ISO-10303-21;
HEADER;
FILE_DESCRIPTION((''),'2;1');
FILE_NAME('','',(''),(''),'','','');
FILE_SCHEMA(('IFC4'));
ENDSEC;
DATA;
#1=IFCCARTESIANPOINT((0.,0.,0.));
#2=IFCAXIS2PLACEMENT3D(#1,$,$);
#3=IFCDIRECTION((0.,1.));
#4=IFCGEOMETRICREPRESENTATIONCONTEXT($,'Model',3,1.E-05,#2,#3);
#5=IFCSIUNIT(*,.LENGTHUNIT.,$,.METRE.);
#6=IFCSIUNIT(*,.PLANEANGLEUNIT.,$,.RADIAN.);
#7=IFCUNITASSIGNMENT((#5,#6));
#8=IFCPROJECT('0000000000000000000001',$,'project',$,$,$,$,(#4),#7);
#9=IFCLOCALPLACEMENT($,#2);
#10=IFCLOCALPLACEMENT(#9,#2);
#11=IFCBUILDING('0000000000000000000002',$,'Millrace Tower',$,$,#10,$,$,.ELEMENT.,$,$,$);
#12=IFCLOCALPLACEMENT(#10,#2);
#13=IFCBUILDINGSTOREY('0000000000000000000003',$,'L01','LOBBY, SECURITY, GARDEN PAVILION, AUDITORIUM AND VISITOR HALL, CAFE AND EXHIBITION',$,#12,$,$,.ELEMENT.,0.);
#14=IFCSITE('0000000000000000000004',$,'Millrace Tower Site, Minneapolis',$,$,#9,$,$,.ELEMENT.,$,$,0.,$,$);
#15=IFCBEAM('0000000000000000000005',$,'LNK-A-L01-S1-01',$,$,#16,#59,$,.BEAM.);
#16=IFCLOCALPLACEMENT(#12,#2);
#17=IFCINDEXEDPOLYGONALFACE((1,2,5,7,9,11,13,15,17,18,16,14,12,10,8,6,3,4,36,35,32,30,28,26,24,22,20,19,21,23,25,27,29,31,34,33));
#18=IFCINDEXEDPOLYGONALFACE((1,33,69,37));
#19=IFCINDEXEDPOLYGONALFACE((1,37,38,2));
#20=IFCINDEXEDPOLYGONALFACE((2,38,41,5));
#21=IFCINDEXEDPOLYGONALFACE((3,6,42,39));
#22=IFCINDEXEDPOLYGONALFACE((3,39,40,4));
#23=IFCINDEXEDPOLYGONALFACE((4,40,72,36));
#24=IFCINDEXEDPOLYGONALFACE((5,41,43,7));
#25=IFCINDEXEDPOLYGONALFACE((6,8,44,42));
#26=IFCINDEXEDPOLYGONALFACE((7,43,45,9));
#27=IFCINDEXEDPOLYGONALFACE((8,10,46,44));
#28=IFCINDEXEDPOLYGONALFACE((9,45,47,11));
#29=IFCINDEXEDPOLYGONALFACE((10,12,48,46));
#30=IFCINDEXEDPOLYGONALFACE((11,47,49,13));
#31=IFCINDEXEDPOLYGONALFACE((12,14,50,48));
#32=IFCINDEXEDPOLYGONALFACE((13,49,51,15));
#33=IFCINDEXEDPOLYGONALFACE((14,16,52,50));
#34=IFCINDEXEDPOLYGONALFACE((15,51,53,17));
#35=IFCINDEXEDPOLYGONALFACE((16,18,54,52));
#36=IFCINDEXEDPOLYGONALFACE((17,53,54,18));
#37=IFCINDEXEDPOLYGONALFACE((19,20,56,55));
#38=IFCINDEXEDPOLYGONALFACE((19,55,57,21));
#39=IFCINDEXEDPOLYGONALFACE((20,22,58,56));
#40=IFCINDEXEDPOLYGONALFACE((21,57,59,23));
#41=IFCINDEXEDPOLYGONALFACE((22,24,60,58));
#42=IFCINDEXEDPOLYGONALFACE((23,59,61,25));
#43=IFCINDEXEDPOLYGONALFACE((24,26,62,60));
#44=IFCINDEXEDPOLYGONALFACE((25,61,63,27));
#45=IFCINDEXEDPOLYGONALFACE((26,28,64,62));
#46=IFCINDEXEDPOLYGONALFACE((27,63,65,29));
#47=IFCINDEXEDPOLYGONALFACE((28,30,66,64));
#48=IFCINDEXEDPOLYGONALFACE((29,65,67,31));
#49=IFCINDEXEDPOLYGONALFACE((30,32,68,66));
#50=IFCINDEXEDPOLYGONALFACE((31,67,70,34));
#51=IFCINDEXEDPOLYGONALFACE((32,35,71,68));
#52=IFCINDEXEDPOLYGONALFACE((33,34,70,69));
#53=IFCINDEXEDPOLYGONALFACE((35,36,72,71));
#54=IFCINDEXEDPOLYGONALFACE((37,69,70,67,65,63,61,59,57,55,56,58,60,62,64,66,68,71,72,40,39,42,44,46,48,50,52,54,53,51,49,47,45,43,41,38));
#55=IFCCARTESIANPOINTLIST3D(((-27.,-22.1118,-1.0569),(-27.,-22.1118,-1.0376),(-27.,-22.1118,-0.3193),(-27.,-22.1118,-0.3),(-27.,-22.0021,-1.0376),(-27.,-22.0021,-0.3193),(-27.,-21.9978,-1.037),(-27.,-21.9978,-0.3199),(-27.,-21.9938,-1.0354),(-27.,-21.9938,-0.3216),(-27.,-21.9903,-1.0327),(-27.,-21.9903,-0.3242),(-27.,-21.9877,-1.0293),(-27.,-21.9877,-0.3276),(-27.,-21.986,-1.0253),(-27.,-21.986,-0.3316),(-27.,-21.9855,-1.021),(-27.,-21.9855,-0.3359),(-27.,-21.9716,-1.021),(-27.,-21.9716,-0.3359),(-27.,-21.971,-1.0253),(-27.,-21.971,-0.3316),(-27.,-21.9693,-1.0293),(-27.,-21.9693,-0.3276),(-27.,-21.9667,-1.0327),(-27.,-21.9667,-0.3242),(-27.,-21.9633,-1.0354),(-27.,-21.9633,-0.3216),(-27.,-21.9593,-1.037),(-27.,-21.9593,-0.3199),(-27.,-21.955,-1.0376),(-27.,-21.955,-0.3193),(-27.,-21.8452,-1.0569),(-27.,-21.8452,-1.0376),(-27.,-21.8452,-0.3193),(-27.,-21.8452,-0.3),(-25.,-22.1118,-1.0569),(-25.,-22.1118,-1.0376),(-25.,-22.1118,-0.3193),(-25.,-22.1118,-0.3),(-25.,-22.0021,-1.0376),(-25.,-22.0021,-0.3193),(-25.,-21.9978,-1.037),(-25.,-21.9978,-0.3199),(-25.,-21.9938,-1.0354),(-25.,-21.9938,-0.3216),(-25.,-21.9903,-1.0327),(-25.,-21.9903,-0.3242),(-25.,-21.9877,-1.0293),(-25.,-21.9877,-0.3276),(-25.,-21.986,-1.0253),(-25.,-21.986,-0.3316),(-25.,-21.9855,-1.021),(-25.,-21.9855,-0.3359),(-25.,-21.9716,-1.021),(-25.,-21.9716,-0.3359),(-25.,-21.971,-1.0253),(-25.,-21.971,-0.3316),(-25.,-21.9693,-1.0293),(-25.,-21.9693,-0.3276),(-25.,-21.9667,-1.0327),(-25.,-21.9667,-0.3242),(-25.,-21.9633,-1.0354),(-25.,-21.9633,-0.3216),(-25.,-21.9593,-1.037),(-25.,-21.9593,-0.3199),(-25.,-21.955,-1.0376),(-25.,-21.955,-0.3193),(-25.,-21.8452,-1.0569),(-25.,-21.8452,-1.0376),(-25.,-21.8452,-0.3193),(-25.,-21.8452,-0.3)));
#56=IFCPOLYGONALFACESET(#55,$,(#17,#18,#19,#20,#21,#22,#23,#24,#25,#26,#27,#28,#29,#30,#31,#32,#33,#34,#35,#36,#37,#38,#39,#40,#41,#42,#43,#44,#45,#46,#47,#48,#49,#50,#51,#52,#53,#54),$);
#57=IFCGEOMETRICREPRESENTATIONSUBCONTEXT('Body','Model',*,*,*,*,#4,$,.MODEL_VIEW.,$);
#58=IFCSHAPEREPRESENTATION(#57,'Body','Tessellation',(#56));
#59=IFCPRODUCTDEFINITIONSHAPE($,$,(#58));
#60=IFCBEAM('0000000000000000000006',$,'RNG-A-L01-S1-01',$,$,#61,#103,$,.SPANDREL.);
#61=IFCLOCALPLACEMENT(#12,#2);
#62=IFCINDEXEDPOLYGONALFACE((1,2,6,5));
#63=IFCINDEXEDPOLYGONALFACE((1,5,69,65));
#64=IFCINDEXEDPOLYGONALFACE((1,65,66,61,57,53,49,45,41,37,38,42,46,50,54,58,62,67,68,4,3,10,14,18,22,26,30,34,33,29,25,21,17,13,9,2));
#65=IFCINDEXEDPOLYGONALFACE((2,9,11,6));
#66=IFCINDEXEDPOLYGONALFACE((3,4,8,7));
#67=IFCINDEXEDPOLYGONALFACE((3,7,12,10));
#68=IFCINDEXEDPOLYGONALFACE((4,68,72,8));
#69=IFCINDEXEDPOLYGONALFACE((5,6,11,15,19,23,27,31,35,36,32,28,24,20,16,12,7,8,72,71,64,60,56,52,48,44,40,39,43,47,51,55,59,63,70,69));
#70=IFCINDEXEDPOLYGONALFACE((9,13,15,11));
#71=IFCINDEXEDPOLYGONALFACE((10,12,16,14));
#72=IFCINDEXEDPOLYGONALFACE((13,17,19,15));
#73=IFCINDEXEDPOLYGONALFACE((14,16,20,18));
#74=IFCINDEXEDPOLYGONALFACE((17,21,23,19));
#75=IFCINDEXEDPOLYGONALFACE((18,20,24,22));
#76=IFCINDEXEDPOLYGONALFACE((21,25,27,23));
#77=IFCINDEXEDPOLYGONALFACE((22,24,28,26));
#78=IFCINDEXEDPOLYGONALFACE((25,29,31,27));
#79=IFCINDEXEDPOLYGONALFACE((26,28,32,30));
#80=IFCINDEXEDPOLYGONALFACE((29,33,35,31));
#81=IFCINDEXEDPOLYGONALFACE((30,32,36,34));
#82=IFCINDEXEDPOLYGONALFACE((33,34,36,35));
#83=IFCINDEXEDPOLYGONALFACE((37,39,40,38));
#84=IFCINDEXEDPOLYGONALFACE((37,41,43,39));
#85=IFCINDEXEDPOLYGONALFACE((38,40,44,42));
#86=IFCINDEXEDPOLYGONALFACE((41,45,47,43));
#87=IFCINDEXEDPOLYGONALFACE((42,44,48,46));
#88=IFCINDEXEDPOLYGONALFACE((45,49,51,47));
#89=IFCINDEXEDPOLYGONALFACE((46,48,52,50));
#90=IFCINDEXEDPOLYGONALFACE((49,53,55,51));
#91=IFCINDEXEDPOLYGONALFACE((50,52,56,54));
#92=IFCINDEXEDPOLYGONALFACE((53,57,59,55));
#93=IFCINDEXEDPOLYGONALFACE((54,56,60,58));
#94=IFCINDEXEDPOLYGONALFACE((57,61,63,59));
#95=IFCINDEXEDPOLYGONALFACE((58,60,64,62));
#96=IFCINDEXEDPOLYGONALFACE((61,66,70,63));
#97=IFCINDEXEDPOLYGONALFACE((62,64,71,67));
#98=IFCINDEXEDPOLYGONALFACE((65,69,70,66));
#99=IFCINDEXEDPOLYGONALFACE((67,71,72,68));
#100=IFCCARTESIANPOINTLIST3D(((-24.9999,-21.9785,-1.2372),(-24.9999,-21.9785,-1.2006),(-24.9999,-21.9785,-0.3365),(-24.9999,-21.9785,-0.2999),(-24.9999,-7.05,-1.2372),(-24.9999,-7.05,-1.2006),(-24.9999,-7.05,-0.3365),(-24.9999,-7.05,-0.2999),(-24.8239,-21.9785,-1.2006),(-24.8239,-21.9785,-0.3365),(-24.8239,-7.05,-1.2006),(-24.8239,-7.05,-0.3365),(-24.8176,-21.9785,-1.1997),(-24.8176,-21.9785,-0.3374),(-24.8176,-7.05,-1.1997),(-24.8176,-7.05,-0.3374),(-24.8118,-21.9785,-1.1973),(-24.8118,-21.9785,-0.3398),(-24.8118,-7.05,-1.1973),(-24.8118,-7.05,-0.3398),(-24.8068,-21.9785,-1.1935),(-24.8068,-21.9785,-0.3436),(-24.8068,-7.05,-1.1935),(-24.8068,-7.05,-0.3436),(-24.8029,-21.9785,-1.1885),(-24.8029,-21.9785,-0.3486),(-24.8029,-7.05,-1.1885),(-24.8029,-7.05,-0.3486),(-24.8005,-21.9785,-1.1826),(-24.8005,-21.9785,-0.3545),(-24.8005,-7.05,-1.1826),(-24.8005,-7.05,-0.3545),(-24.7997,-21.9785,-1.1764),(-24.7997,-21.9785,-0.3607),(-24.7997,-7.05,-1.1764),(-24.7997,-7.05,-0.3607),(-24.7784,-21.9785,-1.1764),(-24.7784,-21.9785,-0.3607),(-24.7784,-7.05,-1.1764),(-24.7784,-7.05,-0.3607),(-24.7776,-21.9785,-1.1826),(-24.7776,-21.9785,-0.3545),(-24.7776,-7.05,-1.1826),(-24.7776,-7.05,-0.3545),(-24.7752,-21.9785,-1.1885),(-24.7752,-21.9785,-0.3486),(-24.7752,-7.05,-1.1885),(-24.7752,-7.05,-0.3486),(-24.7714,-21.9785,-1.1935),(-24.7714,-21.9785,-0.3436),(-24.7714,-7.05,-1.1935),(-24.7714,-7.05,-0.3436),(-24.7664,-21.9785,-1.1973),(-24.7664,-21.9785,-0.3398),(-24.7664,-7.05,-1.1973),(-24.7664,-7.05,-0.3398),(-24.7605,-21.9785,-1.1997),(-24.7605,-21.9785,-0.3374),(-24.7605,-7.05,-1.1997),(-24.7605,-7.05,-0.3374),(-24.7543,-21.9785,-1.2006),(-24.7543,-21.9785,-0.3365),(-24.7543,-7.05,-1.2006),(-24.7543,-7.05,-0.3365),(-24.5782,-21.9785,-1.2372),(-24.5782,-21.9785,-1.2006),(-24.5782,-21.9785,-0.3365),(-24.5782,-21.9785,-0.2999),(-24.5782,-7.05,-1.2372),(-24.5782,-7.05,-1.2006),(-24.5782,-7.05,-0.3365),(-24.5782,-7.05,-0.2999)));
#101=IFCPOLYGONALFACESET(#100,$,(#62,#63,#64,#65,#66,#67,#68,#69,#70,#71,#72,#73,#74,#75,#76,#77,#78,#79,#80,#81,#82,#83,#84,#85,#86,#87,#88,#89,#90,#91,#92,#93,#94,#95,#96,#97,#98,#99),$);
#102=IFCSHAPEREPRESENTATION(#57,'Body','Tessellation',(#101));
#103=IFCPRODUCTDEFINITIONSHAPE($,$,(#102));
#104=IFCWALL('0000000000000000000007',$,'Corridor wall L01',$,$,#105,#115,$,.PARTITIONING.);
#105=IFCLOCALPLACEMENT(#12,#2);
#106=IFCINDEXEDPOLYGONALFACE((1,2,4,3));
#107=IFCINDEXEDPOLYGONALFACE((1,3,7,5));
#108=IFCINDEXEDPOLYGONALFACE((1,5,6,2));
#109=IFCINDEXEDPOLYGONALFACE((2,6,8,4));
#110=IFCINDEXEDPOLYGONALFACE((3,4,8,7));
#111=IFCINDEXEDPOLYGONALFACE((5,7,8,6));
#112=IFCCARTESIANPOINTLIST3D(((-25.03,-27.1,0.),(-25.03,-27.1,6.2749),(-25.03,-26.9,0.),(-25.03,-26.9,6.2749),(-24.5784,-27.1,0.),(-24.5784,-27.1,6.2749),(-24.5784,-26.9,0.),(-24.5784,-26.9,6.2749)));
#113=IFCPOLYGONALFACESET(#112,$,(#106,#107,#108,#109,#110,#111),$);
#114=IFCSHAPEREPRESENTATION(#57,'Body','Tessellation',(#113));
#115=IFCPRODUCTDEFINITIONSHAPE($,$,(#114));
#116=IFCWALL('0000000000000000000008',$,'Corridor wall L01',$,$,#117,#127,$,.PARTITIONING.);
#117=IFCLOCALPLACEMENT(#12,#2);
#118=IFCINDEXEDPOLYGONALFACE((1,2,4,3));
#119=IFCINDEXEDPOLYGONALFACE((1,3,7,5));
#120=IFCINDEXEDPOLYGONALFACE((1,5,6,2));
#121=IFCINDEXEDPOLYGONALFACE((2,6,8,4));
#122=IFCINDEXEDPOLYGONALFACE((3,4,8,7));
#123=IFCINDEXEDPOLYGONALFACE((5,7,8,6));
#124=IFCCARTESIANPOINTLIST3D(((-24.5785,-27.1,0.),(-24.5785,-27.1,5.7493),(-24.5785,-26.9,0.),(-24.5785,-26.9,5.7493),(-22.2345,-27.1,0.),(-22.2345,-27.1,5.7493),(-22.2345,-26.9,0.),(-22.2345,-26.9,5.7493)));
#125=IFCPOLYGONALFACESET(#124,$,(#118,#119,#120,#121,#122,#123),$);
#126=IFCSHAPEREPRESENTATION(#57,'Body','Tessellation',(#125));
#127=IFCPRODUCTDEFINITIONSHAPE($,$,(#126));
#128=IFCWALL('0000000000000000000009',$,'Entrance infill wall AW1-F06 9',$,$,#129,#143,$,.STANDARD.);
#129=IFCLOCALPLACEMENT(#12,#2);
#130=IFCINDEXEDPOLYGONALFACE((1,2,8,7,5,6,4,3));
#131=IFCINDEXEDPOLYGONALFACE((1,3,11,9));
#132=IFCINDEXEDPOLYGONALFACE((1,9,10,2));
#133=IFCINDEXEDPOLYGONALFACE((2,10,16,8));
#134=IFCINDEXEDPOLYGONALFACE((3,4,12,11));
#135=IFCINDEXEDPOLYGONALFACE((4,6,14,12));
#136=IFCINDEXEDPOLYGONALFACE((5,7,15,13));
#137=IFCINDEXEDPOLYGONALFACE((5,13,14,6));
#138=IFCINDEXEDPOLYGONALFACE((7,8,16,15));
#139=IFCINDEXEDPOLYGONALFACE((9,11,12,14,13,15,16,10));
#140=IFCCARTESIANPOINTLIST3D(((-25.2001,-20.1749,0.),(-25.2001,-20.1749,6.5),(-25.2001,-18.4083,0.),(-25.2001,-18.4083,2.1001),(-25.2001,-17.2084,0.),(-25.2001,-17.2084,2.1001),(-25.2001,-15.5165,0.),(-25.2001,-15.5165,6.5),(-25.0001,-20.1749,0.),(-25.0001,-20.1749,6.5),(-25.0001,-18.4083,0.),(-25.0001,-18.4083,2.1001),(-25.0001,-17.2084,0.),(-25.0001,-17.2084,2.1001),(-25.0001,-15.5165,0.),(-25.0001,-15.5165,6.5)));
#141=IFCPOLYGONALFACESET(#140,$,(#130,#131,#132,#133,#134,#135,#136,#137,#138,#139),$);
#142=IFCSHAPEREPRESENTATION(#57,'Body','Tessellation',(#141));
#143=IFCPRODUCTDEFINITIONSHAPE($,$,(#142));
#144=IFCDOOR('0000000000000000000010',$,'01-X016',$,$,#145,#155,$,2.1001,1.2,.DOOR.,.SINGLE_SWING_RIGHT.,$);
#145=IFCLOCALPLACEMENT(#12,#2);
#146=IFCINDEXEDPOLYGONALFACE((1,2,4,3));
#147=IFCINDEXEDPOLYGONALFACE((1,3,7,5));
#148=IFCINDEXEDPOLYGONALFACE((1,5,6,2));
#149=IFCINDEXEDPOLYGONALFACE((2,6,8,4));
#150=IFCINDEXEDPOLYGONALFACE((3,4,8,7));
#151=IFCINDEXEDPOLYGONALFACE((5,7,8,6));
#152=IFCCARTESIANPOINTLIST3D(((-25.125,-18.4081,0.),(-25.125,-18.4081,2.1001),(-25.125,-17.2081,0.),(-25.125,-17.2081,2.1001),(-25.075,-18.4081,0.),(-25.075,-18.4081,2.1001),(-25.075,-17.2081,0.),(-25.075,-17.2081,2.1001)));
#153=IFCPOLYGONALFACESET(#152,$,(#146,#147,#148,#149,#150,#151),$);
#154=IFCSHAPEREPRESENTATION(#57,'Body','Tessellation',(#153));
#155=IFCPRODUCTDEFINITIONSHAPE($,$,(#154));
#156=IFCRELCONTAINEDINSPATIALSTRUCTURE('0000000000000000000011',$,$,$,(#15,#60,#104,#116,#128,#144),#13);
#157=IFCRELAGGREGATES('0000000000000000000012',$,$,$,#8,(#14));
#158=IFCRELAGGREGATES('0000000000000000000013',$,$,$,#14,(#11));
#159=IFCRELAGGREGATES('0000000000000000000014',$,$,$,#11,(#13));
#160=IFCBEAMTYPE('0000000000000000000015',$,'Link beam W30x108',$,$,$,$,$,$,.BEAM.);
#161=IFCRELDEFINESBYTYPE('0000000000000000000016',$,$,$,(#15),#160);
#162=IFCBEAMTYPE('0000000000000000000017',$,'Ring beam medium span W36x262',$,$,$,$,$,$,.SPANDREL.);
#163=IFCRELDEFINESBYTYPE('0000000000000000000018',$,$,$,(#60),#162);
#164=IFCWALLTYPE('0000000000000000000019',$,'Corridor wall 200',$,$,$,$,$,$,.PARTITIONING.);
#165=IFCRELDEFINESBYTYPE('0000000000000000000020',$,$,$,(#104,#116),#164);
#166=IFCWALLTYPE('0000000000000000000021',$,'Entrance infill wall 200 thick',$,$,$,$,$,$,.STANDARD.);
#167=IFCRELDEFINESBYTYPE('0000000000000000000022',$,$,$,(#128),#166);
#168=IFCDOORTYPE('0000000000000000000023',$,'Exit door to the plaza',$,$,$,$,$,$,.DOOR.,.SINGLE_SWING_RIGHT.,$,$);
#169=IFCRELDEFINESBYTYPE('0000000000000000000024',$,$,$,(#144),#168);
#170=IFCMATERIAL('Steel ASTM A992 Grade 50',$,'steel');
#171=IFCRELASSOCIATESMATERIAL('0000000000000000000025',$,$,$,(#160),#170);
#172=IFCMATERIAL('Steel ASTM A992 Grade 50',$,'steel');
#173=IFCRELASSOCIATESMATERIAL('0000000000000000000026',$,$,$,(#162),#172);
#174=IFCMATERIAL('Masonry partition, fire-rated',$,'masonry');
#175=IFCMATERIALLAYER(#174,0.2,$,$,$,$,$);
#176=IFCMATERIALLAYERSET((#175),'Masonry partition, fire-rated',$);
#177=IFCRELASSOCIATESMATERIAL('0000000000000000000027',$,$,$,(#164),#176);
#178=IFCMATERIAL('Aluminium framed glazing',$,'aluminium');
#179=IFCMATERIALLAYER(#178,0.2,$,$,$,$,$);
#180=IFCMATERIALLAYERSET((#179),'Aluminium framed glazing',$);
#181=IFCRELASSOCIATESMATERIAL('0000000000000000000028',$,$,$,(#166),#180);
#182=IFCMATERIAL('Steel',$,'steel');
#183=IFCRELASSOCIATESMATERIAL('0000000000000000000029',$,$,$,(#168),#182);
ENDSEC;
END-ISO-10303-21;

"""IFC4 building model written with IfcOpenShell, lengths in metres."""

from ifc_helpers import new_model, si_unit, direction, frame, frame_2d, origin, origin_2d, place, context, subcontext, project, spatial, rectangle, i_section, extrude, material, layer, layer_set, material_profile, profile_set, type_object, element, fill, save


model = new_model("IFC4")

# Units and contexts
model_context = context("Model", 3, precision=1e-05, world=origin(), true_north=direction((0.0, 1.0)))
body_context = subcontext(model_context, "Body", "Model", "MODEL_VIEW")
ifc_project = project(units=[si_unit("LENGTHUNIT", "METRE"), si_unit("PLANEANGLEUNIT", "RADIAN")], contexts=[model_context])

# Site, building, storey
site_placement = place(None, origin())
site = spatial("IfcSite", under=ifc_project, at=site_placement, Name="Millrace Tower Site, Minneapolis", CompositionType="ELEMENT", RefElevation=0.0)
building_placement = place(site_placement, origin())
building = spatial("IfcBuilding", under=site, at=building_placement, Name="Millrace Tower", CompositionType="ELEMENT")
storey_placement = place(building_placement, origin())
storey = spatial("IfcBuildingStorey", under=building, at=storey_placement, Name="L01", Description="LOBBY, SECURITY, GARDEN PAVILION, AUDITORIUM AND VISITOR HALL, CAFE AND EXHIBITION", CompositionType="ELEMENT", Elevation=0.0)

# Beams
ifc_material_1 = material(Name="Steel ASTM A992 Grade 50", Category="steel")
ifc_material_profile_1 = material_profile(ifc_material_1, i_section(OverallWidth=0.2666, OverallDepth=0.7568, WebThickness=0.0139, FlangeThickness=0.0193, FilletRadius=0.0166, at=origin_2d()))
ifc_profile_set_1 = profile_set([ifc_material_profile_1], Name="Steel ASTM A992 Grade 50")
beam_type_1 = type_object("IfcBeamType", Name="Link beam W30x108", PredefinedType="BEAM", material=ifc_profile_set_1)
beam_1_placement = place(storey_placement, frame((-25.0, -21.9785, -0.6785), z_axis=(-1.0, 0.0, 0.0), x_axis=(0.0, -1.0, 0.0)))
element("IfcBeam", 1, at=beam_1_placement, inside=storey, type_object=beam_type_1, Name="LNK-A-L01-S1-01", PredefinedType="BEAM", context=body_context, shape_type="SweptSolid", body=[
    extrude(i_section(OverallWidth=0.2666, OverallDepth=0.7568, WebThickness=0.0139, FlangeThickness=0.0193, FilletRadius=0.0166, at=origin_2d()), origin(), (0.0, 0.0, 1.0), 2.0),
])
ifc_material_2 = material(Name="Steel ASTM A992 Grade 50", Category="steel")
ifc_material_profile_2 = material_profile(ifc_material_2, i_section(OverallWidth=0.4216, OverallDepth=0.9373, WebThickness=0.0212, FlangeThickness=0.0366, FilletRadius=0.0242, at=origin_2d()))
ifc_profile_set_2 = profile_set([ifc_material_profile_2], Name="Steel ASTM A992 Grade 50")
beam_type_2 = type_object("IfcBeamType", Name="Ring beam medium span W36x262", PredefinedType="SPANDREL", material=ifc_profile_set_2)
beam_2_placement = place(storey_placement, frame((-24.7891, -21.9785, -0.7686), z_axis=(0.0, 1.0, 0.0), x_axis=(-1.0, 0.0, 0.0)))
element("IfcBeam", 2, at=beam_2_placement, inside=storey, type_object=beam_type_2, Name="RNG-A-L01-S1-01", PredefinedType="SPANDREL", context=body_context, shape_type="SweptSolid", body=[
    extrude(i_section(OverallWidth=0.4216, OverallDepth=0.9373, WebThickness=0.0212, FlangeThickness=0.0366, FilletRadius=0.0242, at=origin_2d()), origin(), (0.0, 0.0, 1.0), 14.9285),
])

# Walls
ifc_material_3 = material(Name="Masonry partition, fire-rated", Category="masonry")
ifc_layer_1 = layer(ifc_material_3, 0.2)
ifc_layer_set_1 = layer_set([ifc_layer_1], Name="Masonry partition, fire-rated")
wall_type_1 = type_object("IfcWallType", Name="Corridor wall 200", PredefinedType="PARTITIONING", material=ifc_layer_set_1)
wall_1_placement = place(storey_placement, frame((-25.03, -27.0, 0.0), z_axis=(0.0, 0.0, 1.0), x_axis=(1.0, 0.0, 0.0)))
element("IfcWall", 3, at=wall_1_placement, inside=storey, type_object=wall_type_1, Name="Corridor wall L01", PredefinedType="PARTITIONING", context=body_context, shape_type="SweptSolid", body=[
    extrude(rectangle(XDim=0.4517, YDim=0.2, at=frame_2d((0.2258, 0.0))), origin(), (0.0, 0.0, 1.0), 6.2749),
])
wall_2_placement = place(storey_placement, frame((-24.5784, -27.0, 0.0), z_axis=(0.0, 0.0, 1.0), x_axis=(1.0, 0.0, 0.0)))
element("IfcWall", 4, at=wall_2_placement, inside=storey, type_object=wall_type_1, Name="Corridor wall L01", PredefinedType="PARTITIONING", context=body_context, shape_type="SweptSolid", body=[
    extrude(rectangle(XDim=2.344, YDim=0.2, at=frame_2d((1.1719, 0.0))), origin(), (0.0, 0.0, 1.0), 5.7493),
])

# Wall, opening, door
ifc_material_4 = material(Name="Aluminium framed glazing", Category="aluminium")
ifc_layer_2 = layer(ifc_material_4, 0.2)
ifc_layer_set_2 = layer_set([ifc_layer_2], Name="Aluminium framed glazing")
wall_type_2 = type_object("IfcWallType", Name="Entrance infill wall 200 thick", PredefinedType="STANDARD", material=ifc_layer_set_2)
wall_3_placement = place(storey_placement, frame((-25.1001, -15.5166, 0.0), z_axis=(0.0, 0.0, 1.0), x_axis=(0.0, -1.0, 0.0)))
wall_3 = element("IfcWall", 5, at=wall_3_placement, inside=storey, type_object=wall_type_2, Name="Entrance infill wall AW1-F06 9", PredefinedType="STANDARD", context=body_context, shape_type="SweptSolid", body=[
    extrude(rectangle(XDim=4.6584, YDim=0.2, at=frame_2d((2.3291, 0.0))), origin(), (0.0, 0.0, 1.0), 6.5),
])
opening_placement = place(wall_3_placement, frame((1.6917, 0.0, 0.0)))
opening = element("IfcOpeningElement", 6, at=opening_placement, cuts=wall_3, PredefinedType="OPENING", context=body_context, shape_type="SweptSolid", body=[
    extrude(rectangle(XDim=1.2, YDim=2.1001, at=frame_2d((0.6001, 1.05))), frame((0.0, 0.1099, 0.0), z_axis=(0.0, -1.0, 0.0), x_axis=(1.0, 0.0, 0.0)), (0.0, 0.0, 1.0), 0.22),
])
ifc_material_5 = material(Name="Steel", Category="steel")
door_type = type_object("IfcDoorType", Name="Exit door to the plaza", OperationType="SINGLE_SWING_RIGHT", PredefinedType="DOOR", material=ifc_material_5)
door_placement = place(opening_placement, frame((1.2, 0.0, 0.0), z_axis=(0.0, 0.0, 1.0), x_axis=(-1.0, 0.0, 0.0)))
door = element("IfcDoor", 7, at=door_placement, inside=storey, type_object=door_type, Name="01-X016", OperationType="SINGLE_SWING_RIGHT", OverallHeight=2.1001, OverallWidth=1.2, PredefinedType="DOOR", context=body_context, shape_type="SweptSolid", body=[
    extrude(rectangle(XDim=1.2, YDim=2.1001, at=frame_2d((0.6001, 1.05))), frame((0.0, 0.0249, 0.0), z_axis=(0.0, -1.0, 0.0), x_axis=(1.0, 0.0, 0.0)), (0.0, 0.0, 1.0), 0.05),
])
fill(opening, door)

save(model, "model.ifc")
